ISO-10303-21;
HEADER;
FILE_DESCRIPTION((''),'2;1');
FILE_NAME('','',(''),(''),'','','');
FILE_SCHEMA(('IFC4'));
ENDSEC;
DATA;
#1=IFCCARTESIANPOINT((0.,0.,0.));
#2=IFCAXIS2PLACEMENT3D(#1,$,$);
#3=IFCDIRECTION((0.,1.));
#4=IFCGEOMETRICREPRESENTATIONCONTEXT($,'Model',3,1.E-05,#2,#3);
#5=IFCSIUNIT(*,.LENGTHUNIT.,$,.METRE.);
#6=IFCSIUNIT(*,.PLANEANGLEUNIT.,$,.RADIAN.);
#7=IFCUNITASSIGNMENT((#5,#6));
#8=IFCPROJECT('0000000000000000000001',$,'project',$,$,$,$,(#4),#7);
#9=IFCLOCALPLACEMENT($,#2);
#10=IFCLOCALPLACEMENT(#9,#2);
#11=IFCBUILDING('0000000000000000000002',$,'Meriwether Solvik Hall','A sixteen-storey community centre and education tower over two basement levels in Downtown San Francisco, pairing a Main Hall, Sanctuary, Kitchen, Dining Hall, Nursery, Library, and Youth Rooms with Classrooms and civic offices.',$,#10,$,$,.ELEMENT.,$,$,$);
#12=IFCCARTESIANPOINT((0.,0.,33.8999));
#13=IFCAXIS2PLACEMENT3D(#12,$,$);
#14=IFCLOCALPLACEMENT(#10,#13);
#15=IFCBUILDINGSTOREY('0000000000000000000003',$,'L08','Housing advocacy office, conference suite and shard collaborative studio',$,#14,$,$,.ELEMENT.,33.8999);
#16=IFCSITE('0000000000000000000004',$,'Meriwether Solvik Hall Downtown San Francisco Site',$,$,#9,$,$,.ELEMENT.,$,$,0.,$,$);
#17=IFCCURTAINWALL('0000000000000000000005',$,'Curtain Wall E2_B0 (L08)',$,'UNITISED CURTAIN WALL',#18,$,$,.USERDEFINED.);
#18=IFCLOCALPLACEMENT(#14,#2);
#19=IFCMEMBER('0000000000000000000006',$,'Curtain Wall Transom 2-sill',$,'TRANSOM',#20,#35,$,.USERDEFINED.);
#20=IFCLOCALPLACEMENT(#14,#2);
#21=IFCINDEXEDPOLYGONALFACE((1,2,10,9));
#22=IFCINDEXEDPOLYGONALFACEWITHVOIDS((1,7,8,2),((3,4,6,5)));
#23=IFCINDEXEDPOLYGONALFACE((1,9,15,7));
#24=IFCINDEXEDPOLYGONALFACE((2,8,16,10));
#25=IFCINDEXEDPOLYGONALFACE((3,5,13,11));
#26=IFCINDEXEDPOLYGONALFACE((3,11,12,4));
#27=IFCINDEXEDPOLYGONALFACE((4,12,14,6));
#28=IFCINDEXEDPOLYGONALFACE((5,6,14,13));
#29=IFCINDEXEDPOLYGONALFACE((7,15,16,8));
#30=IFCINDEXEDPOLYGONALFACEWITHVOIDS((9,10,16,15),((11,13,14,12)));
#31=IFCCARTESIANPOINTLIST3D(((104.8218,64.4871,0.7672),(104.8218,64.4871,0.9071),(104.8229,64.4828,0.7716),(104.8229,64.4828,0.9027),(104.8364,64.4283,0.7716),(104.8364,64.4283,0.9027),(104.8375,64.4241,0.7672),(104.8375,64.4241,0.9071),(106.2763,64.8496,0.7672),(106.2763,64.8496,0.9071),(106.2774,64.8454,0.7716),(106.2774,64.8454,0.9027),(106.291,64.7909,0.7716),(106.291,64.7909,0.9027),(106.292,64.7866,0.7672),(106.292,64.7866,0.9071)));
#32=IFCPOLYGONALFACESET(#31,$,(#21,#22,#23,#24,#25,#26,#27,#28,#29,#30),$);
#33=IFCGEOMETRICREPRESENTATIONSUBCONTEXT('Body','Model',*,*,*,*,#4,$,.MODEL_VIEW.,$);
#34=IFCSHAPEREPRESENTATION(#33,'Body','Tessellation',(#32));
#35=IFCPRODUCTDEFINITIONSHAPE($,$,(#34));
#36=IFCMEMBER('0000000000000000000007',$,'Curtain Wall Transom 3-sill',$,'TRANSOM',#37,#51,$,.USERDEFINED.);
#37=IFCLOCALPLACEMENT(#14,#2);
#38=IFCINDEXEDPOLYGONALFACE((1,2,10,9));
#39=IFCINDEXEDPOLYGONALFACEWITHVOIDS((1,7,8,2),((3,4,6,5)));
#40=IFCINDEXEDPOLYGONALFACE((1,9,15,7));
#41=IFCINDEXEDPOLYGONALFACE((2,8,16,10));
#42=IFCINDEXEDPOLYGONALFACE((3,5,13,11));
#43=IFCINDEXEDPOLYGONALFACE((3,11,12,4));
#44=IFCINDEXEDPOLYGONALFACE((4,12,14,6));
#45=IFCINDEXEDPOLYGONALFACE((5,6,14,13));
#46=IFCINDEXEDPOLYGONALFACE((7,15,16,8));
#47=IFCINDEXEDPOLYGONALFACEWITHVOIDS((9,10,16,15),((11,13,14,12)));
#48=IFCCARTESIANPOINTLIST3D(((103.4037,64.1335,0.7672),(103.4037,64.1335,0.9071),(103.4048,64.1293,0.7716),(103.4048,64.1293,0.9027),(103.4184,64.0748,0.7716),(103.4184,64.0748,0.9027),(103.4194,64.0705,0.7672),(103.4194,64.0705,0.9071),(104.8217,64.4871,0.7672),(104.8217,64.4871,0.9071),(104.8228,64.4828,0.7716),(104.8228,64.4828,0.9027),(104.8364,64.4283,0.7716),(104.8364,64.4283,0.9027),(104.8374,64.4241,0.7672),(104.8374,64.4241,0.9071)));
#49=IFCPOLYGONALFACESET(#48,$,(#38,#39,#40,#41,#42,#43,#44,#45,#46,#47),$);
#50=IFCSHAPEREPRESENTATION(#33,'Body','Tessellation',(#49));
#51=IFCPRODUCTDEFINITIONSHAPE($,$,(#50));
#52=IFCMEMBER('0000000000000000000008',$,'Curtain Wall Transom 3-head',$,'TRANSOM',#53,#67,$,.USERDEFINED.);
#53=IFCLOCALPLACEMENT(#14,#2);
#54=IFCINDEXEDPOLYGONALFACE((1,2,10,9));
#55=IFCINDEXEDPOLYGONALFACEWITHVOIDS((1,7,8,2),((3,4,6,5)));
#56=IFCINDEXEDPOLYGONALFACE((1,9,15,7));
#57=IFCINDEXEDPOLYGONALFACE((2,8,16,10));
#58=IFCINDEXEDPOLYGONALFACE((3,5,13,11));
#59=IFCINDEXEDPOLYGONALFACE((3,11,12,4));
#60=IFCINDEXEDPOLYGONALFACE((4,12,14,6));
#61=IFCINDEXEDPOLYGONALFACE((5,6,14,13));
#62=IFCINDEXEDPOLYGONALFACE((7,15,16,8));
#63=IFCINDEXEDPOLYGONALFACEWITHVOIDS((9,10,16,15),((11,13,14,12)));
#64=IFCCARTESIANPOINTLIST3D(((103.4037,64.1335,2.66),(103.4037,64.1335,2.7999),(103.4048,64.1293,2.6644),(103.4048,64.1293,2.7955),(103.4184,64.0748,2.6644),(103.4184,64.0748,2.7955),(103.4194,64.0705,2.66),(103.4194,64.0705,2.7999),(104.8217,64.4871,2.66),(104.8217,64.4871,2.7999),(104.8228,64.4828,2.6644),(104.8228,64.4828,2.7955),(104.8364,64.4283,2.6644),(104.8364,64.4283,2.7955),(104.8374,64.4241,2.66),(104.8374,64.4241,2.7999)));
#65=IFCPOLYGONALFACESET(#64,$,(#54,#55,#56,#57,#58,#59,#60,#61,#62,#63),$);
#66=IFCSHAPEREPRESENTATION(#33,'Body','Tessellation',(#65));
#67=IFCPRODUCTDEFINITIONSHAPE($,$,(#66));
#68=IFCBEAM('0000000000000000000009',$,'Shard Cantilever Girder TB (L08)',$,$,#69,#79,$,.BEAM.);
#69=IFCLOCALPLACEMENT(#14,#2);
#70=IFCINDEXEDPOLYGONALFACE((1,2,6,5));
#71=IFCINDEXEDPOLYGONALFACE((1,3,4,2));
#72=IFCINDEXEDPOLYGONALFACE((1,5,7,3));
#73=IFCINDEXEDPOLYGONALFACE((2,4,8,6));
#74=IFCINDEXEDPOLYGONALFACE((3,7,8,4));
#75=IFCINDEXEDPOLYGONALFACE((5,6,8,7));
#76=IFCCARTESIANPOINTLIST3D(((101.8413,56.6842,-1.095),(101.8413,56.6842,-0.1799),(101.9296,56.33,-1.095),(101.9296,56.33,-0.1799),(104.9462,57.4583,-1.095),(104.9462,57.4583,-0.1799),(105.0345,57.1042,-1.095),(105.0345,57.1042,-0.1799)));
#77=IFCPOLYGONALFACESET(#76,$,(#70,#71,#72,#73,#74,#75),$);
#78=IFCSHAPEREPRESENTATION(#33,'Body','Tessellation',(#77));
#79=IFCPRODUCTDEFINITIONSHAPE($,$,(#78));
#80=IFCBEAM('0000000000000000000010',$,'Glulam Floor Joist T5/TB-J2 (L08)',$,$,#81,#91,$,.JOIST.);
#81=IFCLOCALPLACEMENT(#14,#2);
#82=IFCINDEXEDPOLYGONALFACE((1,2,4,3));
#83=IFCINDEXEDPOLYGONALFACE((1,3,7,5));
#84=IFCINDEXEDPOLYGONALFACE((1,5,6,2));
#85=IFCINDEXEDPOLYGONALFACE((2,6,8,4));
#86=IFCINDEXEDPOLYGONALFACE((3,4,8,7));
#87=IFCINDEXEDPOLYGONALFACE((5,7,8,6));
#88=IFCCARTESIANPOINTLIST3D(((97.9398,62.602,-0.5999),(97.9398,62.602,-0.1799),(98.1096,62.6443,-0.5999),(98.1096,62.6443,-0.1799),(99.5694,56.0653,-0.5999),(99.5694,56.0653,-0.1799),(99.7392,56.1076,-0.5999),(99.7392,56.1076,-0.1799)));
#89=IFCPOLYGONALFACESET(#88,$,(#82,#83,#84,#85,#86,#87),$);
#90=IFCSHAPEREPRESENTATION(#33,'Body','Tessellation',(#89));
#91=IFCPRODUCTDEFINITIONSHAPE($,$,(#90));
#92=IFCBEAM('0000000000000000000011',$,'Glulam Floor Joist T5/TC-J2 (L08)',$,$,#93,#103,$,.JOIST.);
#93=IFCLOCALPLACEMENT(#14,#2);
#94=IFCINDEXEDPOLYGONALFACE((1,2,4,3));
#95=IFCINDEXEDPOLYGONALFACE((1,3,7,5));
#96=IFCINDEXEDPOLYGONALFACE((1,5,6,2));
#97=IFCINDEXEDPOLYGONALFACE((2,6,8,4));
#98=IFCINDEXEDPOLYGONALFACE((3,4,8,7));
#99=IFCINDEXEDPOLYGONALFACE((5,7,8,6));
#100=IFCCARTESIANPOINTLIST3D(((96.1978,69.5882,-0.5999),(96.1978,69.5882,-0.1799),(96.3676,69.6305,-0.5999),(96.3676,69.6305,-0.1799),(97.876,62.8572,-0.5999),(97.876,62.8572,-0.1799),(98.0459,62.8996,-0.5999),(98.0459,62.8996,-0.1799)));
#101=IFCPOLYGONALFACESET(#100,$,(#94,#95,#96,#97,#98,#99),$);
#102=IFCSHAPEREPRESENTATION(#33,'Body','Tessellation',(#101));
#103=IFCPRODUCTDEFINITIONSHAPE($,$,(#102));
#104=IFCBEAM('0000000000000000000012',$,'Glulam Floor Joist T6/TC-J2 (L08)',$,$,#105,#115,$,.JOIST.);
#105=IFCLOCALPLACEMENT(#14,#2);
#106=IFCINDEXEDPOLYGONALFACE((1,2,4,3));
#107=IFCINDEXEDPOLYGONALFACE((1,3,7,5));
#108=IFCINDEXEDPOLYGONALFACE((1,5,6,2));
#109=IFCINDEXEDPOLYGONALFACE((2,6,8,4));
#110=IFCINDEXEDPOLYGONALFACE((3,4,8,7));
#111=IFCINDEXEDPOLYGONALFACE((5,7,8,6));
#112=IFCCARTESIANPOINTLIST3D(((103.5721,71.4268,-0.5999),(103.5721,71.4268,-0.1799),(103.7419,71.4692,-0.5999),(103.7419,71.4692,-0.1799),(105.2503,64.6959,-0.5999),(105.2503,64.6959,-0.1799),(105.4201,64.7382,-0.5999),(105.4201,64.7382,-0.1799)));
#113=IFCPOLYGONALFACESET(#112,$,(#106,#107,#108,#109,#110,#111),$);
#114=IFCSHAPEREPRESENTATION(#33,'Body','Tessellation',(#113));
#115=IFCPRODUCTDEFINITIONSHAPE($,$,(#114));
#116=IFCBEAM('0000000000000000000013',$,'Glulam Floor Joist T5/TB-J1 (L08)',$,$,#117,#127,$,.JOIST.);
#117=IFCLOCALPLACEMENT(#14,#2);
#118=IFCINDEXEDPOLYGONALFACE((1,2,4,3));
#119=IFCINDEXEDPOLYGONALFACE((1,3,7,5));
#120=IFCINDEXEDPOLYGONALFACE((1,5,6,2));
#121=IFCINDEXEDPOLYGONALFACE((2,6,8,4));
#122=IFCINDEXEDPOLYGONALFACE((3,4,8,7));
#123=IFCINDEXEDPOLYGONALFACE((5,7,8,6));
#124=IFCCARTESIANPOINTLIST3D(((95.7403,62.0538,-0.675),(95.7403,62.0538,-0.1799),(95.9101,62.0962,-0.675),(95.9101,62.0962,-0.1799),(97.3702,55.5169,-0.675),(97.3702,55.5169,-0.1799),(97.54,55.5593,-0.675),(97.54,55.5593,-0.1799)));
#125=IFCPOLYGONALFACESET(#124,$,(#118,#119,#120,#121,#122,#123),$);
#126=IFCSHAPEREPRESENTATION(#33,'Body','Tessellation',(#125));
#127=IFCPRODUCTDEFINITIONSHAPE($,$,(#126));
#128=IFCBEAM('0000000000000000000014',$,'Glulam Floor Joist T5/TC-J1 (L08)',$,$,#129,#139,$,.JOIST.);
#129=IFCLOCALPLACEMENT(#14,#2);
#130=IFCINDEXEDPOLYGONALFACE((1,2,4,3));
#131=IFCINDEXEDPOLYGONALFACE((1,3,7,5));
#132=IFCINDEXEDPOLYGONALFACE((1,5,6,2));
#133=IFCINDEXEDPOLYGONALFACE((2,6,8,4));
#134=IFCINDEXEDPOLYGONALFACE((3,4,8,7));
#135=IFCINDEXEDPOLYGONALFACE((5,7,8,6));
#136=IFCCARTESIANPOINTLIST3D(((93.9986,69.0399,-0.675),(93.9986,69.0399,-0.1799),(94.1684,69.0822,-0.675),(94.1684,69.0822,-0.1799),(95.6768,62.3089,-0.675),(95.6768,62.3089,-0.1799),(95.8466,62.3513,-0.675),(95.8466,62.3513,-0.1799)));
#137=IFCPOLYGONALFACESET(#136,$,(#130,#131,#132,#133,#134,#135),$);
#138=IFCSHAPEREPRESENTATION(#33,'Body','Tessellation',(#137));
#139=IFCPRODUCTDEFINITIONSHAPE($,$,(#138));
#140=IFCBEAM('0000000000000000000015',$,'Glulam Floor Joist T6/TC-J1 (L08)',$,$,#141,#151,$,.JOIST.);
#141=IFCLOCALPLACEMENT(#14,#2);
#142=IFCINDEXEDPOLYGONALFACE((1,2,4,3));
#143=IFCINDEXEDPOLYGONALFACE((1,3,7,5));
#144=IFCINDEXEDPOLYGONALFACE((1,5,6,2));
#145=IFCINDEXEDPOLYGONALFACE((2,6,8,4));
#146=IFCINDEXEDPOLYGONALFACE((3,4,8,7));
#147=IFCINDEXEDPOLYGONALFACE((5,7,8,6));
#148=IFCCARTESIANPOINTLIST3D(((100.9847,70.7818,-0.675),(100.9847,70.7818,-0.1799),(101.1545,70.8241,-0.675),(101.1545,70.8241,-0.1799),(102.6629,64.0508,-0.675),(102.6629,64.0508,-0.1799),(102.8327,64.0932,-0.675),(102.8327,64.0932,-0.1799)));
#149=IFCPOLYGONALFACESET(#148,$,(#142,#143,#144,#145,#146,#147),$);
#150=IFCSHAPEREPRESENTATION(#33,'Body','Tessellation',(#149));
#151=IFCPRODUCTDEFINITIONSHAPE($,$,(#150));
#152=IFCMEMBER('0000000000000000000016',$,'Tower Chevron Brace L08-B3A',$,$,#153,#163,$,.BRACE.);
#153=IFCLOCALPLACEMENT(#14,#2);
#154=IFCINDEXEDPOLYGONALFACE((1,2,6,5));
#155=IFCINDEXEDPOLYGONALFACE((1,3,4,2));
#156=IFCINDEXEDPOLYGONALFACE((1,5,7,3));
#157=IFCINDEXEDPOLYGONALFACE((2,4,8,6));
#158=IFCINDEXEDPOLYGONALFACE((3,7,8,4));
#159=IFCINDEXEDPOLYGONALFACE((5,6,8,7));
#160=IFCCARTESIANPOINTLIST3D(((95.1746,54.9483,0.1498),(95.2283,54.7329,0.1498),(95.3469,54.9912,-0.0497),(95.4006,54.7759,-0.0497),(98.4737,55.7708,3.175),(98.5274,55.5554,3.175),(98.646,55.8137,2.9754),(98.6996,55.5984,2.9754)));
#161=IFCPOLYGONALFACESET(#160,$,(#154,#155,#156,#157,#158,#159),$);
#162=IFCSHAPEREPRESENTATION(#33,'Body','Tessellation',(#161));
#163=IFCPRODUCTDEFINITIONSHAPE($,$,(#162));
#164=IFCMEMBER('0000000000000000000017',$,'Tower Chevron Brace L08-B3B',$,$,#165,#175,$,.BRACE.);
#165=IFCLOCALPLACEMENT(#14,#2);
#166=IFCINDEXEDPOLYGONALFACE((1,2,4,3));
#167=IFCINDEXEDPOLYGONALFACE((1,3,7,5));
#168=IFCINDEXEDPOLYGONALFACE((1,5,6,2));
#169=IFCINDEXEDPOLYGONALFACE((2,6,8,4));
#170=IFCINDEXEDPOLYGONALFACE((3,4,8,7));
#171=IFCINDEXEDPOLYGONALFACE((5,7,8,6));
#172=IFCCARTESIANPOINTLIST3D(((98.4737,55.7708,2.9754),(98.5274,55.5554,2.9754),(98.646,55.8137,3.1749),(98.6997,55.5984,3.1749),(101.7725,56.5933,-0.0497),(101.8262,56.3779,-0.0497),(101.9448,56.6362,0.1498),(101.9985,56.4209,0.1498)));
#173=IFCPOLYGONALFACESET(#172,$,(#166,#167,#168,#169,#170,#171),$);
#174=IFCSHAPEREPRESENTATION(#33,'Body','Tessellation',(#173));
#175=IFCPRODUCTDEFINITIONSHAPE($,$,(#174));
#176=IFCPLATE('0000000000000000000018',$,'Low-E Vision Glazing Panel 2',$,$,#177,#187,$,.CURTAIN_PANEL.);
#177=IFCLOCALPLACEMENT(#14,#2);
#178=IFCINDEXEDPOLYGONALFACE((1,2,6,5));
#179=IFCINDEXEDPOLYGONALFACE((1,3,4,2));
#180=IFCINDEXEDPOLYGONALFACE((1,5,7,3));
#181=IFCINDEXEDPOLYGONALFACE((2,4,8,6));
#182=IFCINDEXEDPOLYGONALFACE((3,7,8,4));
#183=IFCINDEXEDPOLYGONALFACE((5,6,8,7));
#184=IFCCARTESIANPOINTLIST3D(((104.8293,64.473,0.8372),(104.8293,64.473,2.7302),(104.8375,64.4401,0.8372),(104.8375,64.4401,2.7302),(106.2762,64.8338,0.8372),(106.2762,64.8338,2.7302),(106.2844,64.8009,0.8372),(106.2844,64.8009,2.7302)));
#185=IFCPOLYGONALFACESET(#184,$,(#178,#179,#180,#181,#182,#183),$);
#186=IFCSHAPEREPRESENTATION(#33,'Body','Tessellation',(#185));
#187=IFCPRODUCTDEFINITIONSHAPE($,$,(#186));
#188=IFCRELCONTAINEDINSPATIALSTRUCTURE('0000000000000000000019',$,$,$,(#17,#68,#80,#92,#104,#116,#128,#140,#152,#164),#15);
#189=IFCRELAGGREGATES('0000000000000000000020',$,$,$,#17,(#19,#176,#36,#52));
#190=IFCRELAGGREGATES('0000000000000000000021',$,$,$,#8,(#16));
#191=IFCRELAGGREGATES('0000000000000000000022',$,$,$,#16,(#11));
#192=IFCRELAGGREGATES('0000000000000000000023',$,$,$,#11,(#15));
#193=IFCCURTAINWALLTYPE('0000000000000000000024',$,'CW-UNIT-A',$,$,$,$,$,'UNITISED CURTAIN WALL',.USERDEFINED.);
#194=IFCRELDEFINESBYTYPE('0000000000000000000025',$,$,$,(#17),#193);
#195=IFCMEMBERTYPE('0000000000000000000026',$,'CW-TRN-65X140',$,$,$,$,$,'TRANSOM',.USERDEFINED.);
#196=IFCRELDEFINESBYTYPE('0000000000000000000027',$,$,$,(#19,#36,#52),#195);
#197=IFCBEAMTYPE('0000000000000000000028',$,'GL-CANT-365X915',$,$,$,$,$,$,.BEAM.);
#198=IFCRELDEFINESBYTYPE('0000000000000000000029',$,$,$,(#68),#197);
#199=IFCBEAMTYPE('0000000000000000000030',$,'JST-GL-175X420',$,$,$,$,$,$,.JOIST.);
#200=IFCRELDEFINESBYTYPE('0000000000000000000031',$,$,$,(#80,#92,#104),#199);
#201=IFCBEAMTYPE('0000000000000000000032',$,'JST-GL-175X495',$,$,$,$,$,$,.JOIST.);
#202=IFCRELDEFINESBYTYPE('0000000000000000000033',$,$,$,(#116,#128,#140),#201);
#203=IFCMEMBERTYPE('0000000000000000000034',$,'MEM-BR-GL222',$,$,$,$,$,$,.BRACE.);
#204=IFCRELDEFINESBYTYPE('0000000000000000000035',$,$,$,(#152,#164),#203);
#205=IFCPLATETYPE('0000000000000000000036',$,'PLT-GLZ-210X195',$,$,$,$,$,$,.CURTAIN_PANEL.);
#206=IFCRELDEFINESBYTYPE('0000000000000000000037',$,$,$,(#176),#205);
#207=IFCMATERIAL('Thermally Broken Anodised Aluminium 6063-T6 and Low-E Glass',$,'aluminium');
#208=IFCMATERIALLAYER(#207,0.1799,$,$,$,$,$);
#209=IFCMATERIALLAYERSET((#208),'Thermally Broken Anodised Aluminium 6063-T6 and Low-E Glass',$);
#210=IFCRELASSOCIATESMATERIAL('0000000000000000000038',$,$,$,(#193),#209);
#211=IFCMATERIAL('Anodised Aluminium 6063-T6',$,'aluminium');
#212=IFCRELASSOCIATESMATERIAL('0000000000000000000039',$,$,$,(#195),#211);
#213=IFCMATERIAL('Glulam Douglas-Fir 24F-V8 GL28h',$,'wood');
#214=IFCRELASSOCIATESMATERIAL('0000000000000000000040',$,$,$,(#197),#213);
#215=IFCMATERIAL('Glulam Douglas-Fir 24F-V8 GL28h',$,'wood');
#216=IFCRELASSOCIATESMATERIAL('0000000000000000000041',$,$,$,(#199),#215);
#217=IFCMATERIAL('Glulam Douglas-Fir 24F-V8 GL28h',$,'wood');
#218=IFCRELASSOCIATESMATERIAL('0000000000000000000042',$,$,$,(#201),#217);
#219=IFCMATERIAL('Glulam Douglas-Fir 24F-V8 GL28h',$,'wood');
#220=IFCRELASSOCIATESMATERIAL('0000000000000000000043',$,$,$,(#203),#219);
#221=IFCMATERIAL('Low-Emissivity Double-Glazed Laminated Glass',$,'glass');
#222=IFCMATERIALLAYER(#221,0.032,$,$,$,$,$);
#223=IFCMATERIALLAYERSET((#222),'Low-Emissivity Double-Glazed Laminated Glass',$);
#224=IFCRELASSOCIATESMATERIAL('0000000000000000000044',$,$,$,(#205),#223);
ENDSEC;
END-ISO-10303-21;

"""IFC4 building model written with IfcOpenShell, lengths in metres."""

from ifc_helpers import new_model, si_unit, direction, frame, origin, origin_2d, place, context, subcontext, project, spatial, rectangle, hollow_rectangle, extrude, material, layer, layer_set, material_profile, profile_set, type_object, element, aggregate, save


model = new_model("IFC4")

# Units and contexts
model_context = context("Model", 3, precision=1e-05, world=origin(), true_north=direction((0.0, 1.0)))
body_context = subcontext(model_context, "Body", "Model", "MODEL_VIEW")
ifc_project = project(units=[si_unit("LENGTHUNIT", "METRE"), si_unit("PLANEANGLEUNIT", "RADIAN")], contexts=[model_context])

# Site, building, storey
site_placement = place(None, origin())
site = spatial("IfcSite", under=ifc_project, at=site_placement, Name="Meriwether Solvik Hall Downtown San Francisco Site", CompositionType="ELEMENT", RefElevation=0.0)
building_placement = place(site_placement, origin())
building = spatial("IfcBuilding", under=site, at=building_placement, Name="Meriwether Solvik Hall", Description="A sixteen-storey community centre and education tower over two basement levels in Downtown San Francisco, pairing a Main Hall, Sanctuary, Kitchen, Dining Hall, Nursery, Library, and Youth Rooms with Classrooms and civic offices.", CompositionType="ELEMENT")
storey_placement = place(building_placement, frame((0.0, 0.0, 33.8999)))
storey = spatial("IfcBuildingStorey", under=building, at=storey_placement, Name="L08", Description="Housing advocacy office, conference suite and shard collaborative studio", CompositionType="ELEMENT", Elevation=33.8999)

# Curtain wall, members
ifc_material_1 = material(Name="Thermally Broken Anodised Aluminium 6063-T6 and Low-E Glass", Category="aluminium")
ifc_layer_1 = layer(ifc_material_1, 0.1799)
ifc_layer_set_1 = layer_set([ifc_layer_1], Name="Thermally Broken Anodised Aluminium 6063-T6 and Low-E Glass")
curtain_wall_type = type_object("IfcCurtainWallType", Name="CW-UNIT-A", ElementType="UNITISED CURTAIN WALL", PredefinedType="USERDEFINED", material=ifc_layer_set_1)
curtain_wall_placement = place(storey_placement, origin())
curtain_wall = element("IfcCurtainWall", 1, at=curtain_wall_placement, inside=storey, type_object=curtain_wall_type, Name="Curtain Wall E2_B0 (L08)", ObjectType="UNITISED CURTAIN WALL", PredefinedType="USERDEFINED")
ifc_material_2 = material(Name="Anodised Aluminium 6063-T6", Category="aluminium")
ifc_material_profile_1 = material_profile(ifc_material_2, hollow_rectangle(XDim=0.0649, YDim=0.1399, WallThickness=0.0044, at=origin_2d()), Name="CWT-65X140")
ifc_profile_set_1 = profile_set([ifc_material_profile_1], Name="Anodised Aluminium 6063-T6")
member_type_1 = type_object("IfcMemberType", Name="CW-TRN-65X140", ElementType="TRANSOM", PredefinedType="USERDEFINED", material=ifc_profile_set_1)
member_1_placement = place(storey_placement, frame((106.2842, 64.8181, 0.8372), z_axis=(-0.970315, -0.241846, 0.0), x_axis=(0.241846, -0.970315, 0.0)))
member_1 = element("IfcMember", 2, at=member_1_placement, type_object=member_type_1, Name="Curtain Wall Transom 2-sill", ObjectType="TRANSOM", PredefinedType="USERDEFINED", context=body_context, shape_type="SweptSolid", body=[
    extrude(hollow_rectangle(XDim=0.0649, YDim=0.1399, WallThickness=0.0044, at=origin_2d()), origin(), (0.0, 0.0, 1.0), 1.499),
])
member_2_placement = place(storey_placement, frame((104.8296, 64.4556, 0.8372), z_axis=(-0.9703, -0.241907, 0.0), x_axis=(0.241907, -0.9703, 0.0)))
member_2 = element("IfcMember", 3, at=member_2_placement, type_object=member_type_1, Name="Curtain Wall Transom 3-sill", ObjectType="TRANSOM", PredefinedType="USERDEFINED", context=body_context, shape_type="SweptSolid", body=[
    extrude(hollow_rectangle(XDim=0.0649, YDim=0.1399, WallThickness=0.0044, at=origin_2d()), origin(), (0.0, 0.0, 1.0), 1.4614),
])
member_3_placement = place(storey_placement, frame((104.8296, 64.4556, 2.73), z_axis=(-0.9703, -0.241907, 0.0), x_axis=(0.241907, -0.9703, 0.0)))
member_3 = element("IfcMember", 4, at=member_3_placement, type_object=member_type_1, Name="Curtain Wall Transom 3-head", ObjectType="TRANSOM", PredefinedType="USERDEFINED", context=body_context, shape_type="SweptSolid", body=[
    extrude(hollow_rectangle(XDim=0.0649, YDim=0.1399, WallThickness=0.0044, at=origin_2d()), origin(), (0.0, 0.0, 1.0), 1.4614),
])

# Beams
ifc_material_3 = material(Name="Glulam Douglas-Fir 24F-V8 GL28h", Category="wood")
ifc_material_profile_2 = material_profile(ifc_material_3, rectangle(XDim=0.365, YDim=0.915, at=origin_2d()), Name="GLB-365X915")
ifc_profile_set_2 = profile_set([ifc_material_profile_2], Name="Glulam Douglas-Fir 24F-V8 GL28h")
beam_type_1 = type_object("IfcBeamType", Name="GL-CANT-365X915", PredefinedType="BEAM", material=ifc_profile_set_2)
beam_1_placement = place(storey_placement, frame((101.8855, 56.5071, -0.6375), z_axis=(0.970295, 0.241925, 0.0), x_axis=(-0.241925, 0.970295, 0.0)))
element("IfcBeam", 5, at=beam_1_placement, inside=storey, type_object=beam_type_1, Name="Shard Cantilever Girder TB (L08)", PredefinedType="BEAM", context=body_context, shape_type="SweptSolid", body=[
    extrude(rectangle(XDim=0.365, YDim=0.915, at=origin_2d()), origin(), (0.0, 0.0, 1.0), 3.2),
])
ifc_material_4 = material(Name="Glulam Douglas-Fir 24F-V8 GL28h", Category="wood")
ifc_material_profile_3 = material_profile(ifc_material_4, rectangle(XDim=0.175, YDim=0.4199, at=origin_2d()), Name="GLJ-175X420")
ifc_profile_set_3 = profile_set([ifc_material_profile_3], Name="Glulam Douglas-Fir 24F-V8 GL28h")
beam_type_2 = type_object("IfcBeamType", Name="JST-GL-175X420", PredefinedType="JOIST", material=ifc_profile_set_3)
beam_2_placement = place(storey_placement, frame((99.6543, 56.0864, -0.3899), z_axis=(-0.241896, 0.970302, 0.0), x_axis=(-0.970302, -0.241896, 0.0)))
element("IfcBeam", 6, at=beam_2_placement, inside=storey, type_object=beam_type_2, Name="Glulam Floor Joist T5/TB-J2 (L08)", PredefinedType="JOIST", context=body_context, shape_type="SweptSolid", body=[
    extrude(rectangle(XDim=0.175, YDim=0.4199, at=origin_2d()), origin(), (0.0, 0.0, 1.0), 6.7368),
])
for number, where, z_axis, x_axis, name in (
    (7, (97.9609, 62.8784, -0.3899), (-0.241923, 0.970296, 0.0), (-0.970296, -0.241923, 0.0), "Glulam Floor Joist T5/TC-J2 (L08)"),
    (8, (105.3352, 64.717, -0.3899), (-0.241923, 0.970296, 0.0), (-0.970296, -0.241923, 0.0), "Glulam Floor Joist T6/TC-J2 (L08)"),
):
    element("IfcBeam", number, at=place(storey_placement, frame(where, z_axis=z_axis, x_axis=x_axis)), inside=storey, type_object=beam_type_2, Name=name, PredefinedType="JOIST", context=body_context, shape_type="SweptSolid", body=[
        extrude(rectangle(XDim=0.175, YDim=0.4199, at=origin_2d()), origin(), (0.0, 0.0, 1.0), 6.937),
    ])
ifc_material_5 = material(Name="Glulam Douglas-Fir 24F-V8 GL28h", Category="wood")
ifc_material_profile_4 = material_profile(ifc_material_5, rectangle(XDim=0.175, YDim=0.4951, at=origin_2d()), Name="GLJ-175X495")
ifc_profile_set_4 = profile_set([ifc_material_profile_4], Name="Glulam Douglas-Fir 24F-V8 GL28h")
beam_type_3 = type_object("IfcBeamType", Name="JST-GL-175X495", PredefinedType="JOIST", material=ifc_profile_set_4)
beam_3_placement = place(storey_placement, frame((97.4551, 55.5381, -0.4275), z_axis=(-0.24193, 0.970294, 0.0), x_axis=(-0.970294, -0.24193, 0.0)))
element("IfcBeam", 9, at=beam_3_placement, inside=storey, type_object=beam_type_3, Name="Glulam Floor Joist T5/TB-J1 (L08)", PredefinedType="JOIST", context=body_context, shape_type="SweptSolid", body=[
    extrude(rectangle(XDim=0.175, YDim=0.4951, at=origin_2d()), origin(), (0.0, 0.0, 1.0), 6.7371),
])
for number, where, z_axis, x_axis, name in (
    (10, (95.7617, 62.3301, -0.4275), (-0.241923, 0.970296, 0.0), (-0.970296, -0.241923, 0.0), "Glulam Floor Joist T5/TC-J1 (L08)"),
    (11, (102.7478, 64.072, -0.4275), (-0.241923, 0.970296, 0.0), (-0.970296, -0.241923, 0.0), "Glulam Floor Joist T6/TC-J1 (L08)"),
):
    element("IfcBeam", number, at=place(storey_placement, frame(where, z_axis=z_axis, x_axis=x_axis)), inside=storey, type_object=beam_type_3, Name=name, PredefinedType="JOIST", context=body_context, shape_type="SweptSolid", body=[
        extrude(rectangle(XDim=0.175, YDim=0.4951, at=origin_2d()), origin(), (0.0, 0.0, 1.0), 6.937),
    ])

# Members
ifc_material_6 = material(Name="Glulam Douglas-Fir 24F-V8 GL28h", Category="wood")
ifc_material_profile_5 = material_profile(ifc_material_6, rectangle(XDim=0.2219, YDim=0.2671, at=origin_2d()), Name="GLM-222X267")
ifc_profile_set_5 = profile_set([ifc_material_profile_5], Name="Glulam Douglas-Fir 24F-V8 GL28h")
member_type_2 = type_object("IfcMemberType", Name="MEM-BR-GL222", PredefinedType="BRACE", material=ifc_profile_set_5)
member_4_placement = place(storey_placement, frame((95.2876, 54.8621, 0.05), z_axis=(0.724906, 0.18073, 0.664716), x_axis=(-0.24191, 0.970299, 0.0)))
element("IfcMember", 12, at=member_4_placement, inside=storey, type_object=member_type_2, Name="Tower Chevron Brace L08-B3A", PredefinedType="BRACE", context=body_context, shape_type="SweptSolid", body=[
    extrude(rectangle(XDim=0.2219, YDim=0.2671, at=origin_2d()), origin(), (0.0, 0.0, 1.0), 4.551),
])
member_5_placement = place(storey_placement, frame((101.8855, 56.5071, 0.05), z_axis=(-0.724881, -0.180737, 0.664742), x_axis=(0.241927, -0.970294, 0.0)))
element("IfcMember", 13, at=member_5_placement, inside=storey, type_object=member_type_2, Name="Tower Chevron Brace L08-B3B", PredefinedType="BRACE", context=body_context, shape_type="SweptSolid", body=[
    extrude(rectangle(XDim=0.2219, YDim=0.2671, at=origin_2d()), origin(), (0.0, 0.0, 1.0), 4.5508),
])

# Plate
ifc_material_7 = material(Name="Low-Emissivity Double-Glazed Laminated Glass", Category="glass")
ifc_layer_2 = layer(ifc_material_7, 0.032)
ifc_layer_set_2 = layer_set([ifc_layer_2], Name="Low-Emissivity Double-Glazed Laminated Glass")
plate_type_1 = type_object("IfcPlateType", Name="PLT-GLZ-210X195", PredefinedType="CURTAIN_PANEL", material=ifc_layer_set_2)
plate_1_placement = place(storey_placement, frame((105.5569, 64.637, 0.8372), z_axis=(0.0, 0.0, 1.0), x_axis=(-0.970296, -0.241922, 0.0)))
plate_1 = element("IfcPlate", 14, at=plate_1_placement, type_object=plate_type_1, Name="Low-E Vision Glazing Panel 2", PredefinedType="CURTAIN_PANEL", context=body_context, shape_type="SweptSolid", body=[
    extrude(rectangle(XDim=1.4912, YDim=0.0339, at=origin_2d()), origin(), (0.0, 0.0, 1.0), 1.8931),
])
aggregate(curtain_wall, [member_1, plate_1, member_2, member_3])

save(model, "model.ifc")
